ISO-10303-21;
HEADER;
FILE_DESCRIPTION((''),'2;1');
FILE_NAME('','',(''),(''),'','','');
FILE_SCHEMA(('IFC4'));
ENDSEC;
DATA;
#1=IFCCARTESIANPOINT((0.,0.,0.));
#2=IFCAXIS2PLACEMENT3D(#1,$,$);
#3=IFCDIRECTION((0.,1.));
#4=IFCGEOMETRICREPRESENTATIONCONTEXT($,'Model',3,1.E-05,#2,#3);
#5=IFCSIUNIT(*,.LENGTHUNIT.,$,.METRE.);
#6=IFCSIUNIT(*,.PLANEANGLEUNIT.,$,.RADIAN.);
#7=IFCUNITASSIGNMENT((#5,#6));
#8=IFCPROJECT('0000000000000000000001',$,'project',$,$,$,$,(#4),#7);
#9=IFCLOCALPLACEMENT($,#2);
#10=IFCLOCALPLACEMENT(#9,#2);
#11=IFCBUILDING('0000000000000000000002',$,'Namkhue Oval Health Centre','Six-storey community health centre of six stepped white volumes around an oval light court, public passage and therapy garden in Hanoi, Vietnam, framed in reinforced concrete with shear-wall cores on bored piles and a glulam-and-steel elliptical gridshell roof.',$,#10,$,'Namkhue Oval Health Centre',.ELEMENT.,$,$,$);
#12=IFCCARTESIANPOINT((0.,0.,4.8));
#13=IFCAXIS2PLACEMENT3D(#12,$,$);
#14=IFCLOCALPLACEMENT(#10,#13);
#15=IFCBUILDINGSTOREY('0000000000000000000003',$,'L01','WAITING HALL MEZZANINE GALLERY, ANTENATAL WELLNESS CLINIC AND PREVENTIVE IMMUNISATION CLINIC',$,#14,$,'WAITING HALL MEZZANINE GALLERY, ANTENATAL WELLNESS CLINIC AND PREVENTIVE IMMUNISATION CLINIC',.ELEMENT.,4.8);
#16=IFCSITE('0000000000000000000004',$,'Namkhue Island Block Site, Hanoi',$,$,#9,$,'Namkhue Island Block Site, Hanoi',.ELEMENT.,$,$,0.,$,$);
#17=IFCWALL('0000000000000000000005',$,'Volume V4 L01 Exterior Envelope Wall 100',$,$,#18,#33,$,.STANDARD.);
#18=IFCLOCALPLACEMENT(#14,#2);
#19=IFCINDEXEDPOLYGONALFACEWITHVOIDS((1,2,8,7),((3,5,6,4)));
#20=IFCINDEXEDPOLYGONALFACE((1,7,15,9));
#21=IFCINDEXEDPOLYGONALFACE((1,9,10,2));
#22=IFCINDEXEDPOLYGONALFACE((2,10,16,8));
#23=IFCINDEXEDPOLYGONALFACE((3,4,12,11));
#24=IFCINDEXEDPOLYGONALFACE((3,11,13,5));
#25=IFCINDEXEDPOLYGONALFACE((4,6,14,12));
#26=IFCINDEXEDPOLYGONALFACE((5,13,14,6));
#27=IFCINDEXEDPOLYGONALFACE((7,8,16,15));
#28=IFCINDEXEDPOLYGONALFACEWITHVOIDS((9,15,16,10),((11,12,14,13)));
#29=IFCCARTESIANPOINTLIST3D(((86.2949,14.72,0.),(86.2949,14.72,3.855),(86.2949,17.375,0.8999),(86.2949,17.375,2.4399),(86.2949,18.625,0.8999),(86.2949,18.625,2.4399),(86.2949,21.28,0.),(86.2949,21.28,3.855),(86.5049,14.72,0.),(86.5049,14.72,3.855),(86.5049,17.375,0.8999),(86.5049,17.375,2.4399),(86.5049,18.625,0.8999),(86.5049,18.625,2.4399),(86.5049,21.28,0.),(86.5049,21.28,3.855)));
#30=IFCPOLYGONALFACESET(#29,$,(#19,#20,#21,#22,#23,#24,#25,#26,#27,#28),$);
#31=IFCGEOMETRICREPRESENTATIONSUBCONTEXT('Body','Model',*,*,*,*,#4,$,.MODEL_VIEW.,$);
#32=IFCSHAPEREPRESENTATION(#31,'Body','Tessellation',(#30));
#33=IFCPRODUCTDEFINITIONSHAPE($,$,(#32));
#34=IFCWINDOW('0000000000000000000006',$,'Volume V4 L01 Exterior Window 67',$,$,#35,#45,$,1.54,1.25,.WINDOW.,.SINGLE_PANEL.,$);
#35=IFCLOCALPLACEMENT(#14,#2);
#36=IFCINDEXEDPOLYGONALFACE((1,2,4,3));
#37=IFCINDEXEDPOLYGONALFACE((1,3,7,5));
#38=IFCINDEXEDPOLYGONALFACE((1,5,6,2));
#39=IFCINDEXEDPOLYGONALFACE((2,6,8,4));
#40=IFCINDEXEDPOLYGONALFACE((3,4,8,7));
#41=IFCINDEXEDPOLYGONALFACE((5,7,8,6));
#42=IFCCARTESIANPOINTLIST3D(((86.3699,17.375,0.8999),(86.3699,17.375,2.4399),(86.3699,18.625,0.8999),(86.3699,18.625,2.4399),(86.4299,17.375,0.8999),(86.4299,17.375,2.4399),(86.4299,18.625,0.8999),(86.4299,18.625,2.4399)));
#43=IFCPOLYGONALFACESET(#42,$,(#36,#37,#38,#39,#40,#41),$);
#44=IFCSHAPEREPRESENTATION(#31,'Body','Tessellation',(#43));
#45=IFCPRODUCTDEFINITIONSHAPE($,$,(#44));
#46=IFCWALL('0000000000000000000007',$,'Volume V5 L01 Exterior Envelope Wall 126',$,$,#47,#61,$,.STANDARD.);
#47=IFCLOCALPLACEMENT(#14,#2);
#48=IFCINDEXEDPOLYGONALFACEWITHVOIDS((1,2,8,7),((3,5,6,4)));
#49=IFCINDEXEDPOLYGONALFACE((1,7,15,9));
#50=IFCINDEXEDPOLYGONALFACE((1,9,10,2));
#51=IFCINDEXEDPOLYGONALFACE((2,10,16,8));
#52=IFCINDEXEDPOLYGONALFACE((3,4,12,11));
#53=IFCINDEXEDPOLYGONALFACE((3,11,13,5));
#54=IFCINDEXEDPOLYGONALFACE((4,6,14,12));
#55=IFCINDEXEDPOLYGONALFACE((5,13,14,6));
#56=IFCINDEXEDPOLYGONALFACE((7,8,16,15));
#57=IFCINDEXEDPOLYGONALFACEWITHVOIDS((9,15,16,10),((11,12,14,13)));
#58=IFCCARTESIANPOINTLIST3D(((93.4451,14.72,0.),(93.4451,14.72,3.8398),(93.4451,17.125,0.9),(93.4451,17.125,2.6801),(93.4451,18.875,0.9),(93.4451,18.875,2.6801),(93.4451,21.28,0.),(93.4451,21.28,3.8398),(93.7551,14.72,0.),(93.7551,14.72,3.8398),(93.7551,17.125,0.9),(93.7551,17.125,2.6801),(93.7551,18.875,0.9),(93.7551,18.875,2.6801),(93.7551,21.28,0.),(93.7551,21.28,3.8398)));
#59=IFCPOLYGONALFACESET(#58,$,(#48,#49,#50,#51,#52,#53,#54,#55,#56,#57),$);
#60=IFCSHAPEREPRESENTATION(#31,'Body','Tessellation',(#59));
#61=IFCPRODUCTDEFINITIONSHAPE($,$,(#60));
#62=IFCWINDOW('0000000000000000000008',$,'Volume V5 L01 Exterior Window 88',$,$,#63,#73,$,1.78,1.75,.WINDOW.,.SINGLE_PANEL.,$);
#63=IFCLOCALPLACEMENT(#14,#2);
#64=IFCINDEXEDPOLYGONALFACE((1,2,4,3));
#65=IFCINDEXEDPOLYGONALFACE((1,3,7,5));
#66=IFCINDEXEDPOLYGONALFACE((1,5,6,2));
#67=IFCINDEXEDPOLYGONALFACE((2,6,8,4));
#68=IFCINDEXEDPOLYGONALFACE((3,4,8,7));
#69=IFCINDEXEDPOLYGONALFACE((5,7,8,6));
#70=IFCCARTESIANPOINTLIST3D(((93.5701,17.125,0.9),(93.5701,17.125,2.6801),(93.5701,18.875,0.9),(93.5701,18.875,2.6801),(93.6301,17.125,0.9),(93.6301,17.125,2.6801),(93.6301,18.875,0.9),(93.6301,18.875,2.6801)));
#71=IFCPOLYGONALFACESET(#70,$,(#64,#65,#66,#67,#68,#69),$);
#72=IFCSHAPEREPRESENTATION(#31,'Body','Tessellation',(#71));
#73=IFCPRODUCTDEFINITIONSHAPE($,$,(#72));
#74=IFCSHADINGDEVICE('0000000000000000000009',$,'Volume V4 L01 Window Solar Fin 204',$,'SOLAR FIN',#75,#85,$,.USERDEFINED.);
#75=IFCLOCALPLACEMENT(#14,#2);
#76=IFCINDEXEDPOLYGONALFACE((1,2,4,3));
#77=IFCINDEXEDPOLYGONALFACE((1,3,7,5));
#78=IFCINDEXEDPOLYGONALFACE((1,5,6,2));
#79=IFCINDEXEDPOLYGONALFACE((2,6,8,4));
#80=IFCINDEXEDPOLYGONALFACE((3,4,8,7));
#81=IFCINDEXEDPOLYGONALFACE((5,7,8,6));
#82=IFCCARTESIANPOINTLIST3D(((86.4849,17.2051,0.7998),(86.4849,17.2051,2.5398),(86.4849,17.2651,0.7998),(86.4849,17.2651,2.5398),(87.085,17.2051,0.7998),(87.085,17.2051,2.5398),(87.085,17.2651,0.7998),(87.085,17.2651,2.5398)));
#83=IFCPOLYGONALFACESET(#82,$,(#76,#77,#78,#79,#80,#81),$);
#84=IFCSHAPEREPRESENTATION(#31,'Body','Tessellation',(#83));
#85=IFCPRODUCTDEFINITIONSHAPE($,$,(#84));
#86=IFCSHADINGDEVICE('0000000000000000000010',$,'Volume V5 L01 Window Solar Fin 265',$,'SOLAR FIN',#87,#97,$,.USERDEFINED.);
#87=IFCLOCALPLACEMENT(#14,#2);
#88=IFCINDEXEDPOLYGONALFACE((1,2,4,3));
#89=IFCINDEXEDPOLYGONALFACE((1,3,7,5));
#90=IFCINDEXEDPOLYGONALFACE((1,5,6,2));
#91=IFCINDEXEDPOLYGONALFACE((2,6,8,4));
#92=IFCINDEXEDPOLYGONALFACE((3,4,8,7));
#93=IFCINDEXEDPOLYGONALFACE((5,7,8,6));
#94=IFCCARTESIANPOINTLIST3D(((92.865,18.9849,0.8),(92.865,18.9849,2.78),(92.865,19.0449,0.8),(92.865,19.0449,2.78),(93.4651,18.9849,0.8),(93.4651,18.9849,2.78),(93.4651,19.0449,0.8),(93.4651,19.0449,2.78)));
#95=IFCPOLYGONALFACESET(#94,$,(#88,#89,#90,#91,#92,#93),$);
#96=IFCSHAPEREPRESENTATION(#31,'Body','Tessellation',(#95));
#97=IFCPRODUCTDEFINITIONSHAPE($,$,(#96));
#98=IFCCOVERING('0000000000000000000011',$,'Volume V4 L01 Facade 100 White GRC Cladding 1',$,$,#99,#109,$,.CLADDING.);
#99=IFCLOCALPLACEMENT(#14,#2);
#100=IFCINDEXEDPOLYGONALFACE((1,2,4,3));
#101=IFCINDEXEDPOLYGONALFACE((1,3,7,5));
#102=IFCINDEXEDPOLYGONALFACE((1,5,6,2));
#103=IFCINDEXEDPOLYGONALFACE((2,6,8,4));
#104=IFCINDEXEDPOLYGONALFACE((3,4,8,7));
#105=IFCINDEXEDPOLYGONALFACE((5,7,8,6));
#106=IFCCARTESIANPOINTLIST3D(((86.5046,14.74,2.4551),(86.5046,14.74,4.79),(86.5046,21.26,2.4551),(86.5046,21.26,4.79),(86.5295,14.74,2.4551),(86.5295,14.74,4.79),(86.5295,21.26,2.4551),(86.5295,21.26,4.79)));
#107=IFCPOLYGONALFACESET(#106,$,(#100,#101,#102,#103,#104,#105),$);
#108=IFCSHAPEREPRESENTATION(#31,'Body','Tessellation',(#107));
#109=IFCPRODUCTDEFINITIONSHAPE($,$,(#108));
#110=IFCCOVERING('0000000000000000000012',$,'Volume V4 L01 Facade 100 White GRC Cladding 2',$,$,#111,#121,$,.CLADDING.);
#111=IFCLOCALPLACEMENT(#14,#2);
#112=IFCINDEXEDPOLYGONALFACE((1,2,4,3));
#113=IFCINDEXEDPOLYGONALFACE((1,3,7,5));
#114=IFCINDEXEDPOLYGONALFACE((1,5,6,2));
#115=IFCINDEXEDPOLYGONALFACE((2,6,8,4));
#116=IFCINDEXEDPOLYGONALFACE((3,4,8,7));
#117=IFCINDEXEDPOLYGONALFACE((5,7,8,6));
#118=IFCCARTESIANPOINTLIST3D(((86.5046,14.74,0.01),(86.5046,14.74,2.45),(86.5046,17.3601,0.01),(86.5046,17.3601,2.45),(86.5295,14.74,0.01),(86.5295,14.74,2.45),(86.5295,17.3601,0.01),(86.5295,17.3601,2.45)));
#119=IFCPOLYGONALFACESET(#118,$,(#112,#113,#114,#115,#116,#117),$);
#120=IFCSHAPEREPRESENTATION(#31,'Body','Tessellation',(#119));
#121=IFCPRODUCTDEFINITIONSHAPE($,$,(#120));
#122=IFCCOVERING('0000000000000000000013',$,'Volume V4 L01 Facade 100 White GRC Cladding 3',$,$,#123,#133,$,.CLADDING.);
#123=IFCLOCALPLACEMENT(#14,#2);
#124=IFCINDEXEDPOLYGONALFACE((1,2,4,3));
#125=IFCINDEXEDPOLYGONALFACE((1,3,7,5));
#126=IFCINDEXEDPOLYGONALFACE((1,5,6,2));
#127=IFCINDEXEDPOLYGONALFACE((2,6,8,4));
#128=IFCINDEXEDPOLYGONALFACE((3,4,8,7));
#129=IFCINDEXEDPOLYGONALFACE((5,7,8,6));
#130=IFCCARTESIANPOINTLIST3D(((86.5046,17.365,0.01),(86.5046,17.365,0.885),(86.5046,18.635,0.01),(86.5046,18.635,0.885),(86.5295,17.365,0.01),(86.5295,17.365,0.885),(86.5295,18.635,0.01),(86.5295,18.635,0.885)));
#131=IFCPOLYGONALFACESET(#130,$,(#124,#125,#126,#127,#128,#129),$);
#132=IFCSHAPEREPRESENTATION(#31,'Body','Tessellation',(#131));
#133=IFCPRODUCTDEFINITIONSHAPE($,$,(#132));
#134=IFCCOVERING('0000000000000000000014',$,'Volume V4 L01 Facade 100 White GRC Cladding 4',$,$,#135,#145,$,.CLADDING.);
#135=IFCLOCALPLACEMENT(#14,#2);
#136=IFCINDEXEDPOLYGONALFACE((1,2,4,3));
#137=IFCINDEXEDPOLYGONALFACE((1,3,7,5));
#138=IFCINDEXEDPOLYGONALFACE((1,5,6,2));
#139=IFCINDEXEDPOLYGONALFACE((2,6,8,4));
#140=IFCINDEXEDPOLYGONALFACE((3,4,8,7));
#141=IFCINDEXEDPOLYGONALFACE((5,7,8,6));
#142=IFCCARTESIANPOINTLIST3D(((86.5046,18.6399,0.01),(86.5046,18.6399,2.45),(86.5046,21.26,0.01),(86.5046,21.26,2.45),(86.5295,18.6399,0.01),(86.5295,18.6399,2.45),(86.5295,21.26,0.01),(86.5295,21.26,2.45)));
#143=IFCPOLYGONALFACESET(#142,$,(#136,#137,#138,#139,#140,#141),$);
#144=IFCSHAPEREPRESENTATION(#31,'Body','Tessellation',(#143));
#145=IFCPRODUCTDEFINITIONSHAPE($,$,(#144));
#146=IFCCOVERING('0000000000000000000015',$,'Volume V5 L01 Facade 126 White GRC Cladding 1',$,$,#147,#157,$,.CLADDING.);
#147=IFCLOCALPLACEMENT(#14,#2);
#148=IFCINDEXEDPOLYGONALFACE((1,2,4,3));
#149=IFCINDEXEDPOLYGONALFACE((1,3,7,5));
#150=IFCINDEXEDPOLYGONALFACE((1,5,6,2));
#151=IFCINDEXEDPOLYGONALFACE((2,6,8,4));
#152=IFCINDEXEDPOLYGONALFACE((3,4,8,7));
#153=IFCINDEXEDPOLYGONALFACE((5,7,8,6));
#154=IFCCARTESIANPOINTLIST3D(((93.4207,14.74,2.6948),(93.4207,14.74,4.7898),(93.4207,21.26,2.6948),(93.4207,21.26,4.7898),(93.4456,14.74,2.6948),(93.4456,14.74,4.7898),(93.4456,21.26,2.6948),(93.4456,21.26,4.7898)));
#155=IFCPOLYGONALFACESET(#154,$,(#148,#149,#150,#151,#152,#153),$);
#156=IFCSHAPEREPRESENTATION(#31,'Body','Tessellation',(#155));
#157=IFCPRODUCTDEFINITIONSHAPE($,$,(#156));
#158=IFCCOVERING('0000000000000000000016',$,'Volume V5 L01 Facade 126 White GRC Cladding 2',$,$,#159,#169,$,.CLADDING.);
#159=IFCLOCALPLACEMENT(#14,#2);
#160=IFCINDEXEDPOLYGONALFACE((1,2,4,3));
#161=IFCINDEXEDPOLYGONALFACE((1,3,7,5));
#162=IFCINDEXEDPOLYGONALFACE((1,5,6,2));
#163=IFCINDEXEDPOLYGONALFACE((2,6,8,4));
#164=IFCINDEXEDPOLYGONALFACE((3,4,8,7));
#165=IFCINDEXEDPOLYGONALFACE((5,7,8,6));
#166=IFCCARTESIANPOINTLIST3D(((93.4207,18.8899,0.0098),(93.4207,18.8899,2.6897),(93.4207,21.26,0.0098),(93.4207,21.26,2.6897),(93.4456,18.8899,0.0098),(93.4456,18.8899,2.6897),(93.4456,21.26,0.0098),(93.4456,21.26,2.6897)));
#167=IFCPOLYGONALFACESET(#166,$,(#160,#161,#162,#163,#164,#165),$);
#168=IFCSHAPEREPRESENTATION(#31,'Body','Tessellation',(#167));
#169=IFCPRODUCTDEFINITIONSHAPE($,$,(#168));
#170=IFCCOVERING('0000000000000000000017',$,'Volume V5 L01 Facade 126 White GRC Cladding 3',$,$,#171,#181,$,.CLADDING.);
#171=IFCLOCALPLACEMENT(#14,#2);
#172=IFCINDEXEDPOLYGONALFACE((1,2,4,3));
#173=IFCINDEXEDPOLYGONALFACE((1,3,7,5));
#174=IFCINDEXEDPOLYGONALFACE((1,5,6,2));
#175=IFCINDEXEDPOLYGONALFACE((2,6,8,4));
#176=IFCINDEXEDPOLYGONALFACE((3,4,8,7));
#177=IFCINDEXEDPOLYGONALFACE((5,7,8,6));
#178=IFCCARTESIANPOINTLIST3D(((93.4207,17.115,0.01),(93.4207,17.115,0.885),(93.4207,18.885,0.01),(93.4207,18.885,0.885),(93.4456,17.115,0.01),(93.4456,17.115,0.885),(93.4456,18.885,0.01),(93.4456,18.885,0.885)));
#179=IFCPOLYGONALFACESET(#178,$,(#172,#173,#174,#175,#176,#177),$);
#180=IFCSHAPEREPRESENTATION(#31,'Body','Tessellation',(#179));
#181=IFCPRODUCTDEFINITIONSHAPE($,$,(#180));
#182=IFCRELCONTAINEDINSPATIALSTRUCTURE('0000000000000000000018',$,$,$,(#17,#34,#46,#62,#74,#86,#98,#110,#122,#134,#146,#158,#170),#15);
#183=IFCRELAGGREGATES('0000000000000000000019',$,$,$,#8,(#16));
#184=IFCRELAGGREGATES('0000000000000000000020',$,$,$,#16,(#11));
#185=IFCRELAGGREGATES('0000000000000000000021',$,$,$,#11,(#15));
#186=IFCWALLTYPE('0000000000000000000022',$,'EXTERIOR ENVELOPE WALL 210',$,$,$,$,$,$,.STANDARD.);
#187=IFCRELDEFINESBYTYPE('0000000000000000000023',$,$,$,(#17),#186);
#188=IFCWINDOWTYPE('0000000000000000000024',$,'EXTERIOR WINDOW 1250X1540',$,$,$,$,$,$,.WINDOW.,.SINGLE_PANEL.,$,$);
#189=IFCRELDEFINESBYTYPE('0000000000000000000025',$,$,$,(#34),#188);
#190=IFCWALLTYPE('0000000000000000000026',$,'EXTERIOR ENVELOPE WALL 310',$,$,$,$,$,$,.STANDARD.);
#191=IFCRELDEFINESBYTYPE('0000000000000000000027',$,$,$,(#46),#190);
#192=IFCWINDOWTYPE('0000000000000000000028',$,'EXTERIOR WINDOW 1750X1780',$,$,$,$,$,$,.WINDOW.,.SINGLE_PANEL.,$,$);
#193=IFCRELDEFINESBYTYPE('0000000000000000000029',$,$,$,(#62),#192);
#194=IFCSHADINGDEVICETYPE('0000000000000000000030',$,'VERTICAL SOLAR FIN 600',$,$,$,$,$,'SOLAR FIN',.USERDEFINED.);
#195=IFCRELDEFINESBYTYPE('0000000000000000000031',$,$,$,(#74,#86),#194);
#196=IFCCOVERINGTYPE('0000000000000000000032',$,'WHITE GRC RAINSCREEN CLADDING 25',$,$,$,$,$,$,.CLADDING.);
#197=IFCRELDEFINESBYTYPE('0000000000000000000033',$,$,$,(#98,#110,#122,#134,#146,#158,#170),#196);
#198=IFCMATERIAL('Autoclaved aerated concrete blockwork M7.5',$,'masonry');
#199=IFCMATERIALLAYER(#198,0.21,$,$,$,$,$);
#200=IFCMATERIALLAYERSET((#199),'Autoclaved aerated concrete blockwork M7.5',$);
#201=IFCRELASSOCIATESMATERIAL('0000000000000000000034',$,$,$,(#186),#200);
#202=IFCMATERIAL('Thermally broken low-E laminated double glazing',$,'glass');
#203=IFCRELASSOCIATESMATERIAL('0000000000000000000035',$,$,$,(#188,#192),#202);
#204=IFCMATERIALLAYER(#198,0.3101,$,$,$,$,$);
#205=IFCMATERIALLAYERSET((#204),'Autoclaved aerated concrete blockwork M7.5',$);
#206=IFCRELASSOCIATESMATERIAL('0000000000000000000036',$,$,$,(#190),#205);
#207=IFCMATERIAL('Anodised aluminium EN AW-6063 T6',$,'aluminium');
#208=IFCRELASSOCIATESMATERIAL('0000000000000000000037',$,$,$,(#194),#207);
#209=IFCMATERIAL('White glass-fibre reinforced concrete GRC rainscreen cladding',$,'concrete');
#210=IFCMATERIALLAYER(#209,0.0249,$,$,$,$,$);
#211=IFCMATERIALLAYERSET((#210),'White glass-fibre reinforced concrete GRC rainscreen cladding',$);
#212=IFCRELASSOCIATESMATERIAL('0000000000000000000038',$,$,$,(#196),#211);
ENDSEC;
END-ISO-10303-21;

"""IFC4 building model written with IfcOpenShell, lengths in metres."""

from ifc_helpers import new_model, si_unit, direction, frame, frame_2d, origin, origin_2d, place, context, subcontext, project, spatial, rectangle, extrude, material, layer, layer_set, type_object, element, fill, save


model = new_model("IFC4")

# Units and contexts
model_context = context("Model", 3, precision=1e-05, world=origin(), true_north=direction((0.0, 1.0)))
body_context = subcontext(model_context, "Body", "Model", "MODEL_VIEW")
ifc_project = project(units=[si_unit("LENGTHUNIT", "METRE"), si_unit("PLANEANGLEUNIT", "RADIAN")], contexts=[model_context])

# Site, building, storey
site_placement = place(None, origin())
site = spatial("IfcSite", under=ifc_project, at=site_placement, Name="Namkhue Island Block Site, Hanoi", LongName="Namkhue Island Block Site, Hanoi", CompositionType="ELEMENT", RefElevation=0.0)
building_placement = place(site_placement, origin())
building = spatial("IfcBuilding", under=site, at=building_placement, Name="Namkhue Oval Health Centre", Description="Six-storey community health centre of six stepped white volumes around an oval light court, public passage and therapy garden in Hanoi, Vietnam, framed in reinforced concrete with shear-wall cores on bored piles and a glulam-and-steel elliptical gridshell roof.", LongName="Namkhue Oval Health Centre", CompositionType="ELEMENT")
storey_placement = place(building_placement, frame((0.0, 0.0, 4.8)))
storey = spatial("IfcBuildingStorey", under=building, at=storey_placement, Name="L01", Description="WAITING HALL MEZZANINE GALLERY, ANTENATAL WELLNESS CLINIC AND PREVENTIVE IMMUNISATION CLINIC", LongName="WAITING HALL MEZZANINE GALLERY, ANTENATAL WELLNESS CLINIC AND PREVENTIVE IMMUNISATION CLINIC", CompositionType="ELEMENT", Elevation=4.8)

# Shared definitions
ifc_material_1 = material(Name="Anodised aluminium EN AW-6063 T6", Category="aluminium")

# Walls, openings, windows
ifc_material_2 = material(Name="Autoclaved aerated concrete blockwork M7.5", Category="masonry")
ifc_layer_1 = layer(ifc_material_2, 0.21)
ifc_layer_set_1 = layer_set([ifc_layer_1], Name="Autoclaved aerated concrete blockwork M7.5")
wall_type_1 = type_object("IfcWallType", Name="EXTERIOR ENVELOPE WALL 210", PredefinedType="STANDARD", material=ifc_layer_set_1)
wall_1_placement = place(storey_placement, frame((86.3999, 14.72, 0.0), z_axis=(0.0, 0.0, 1.0), x_axis=(0.0, 1.0, 0.0)))
wall_1 = element("IfcWall", 1, at=wall_1_placement, inside=storey, type_object=wall_type_1, Name="Volume V4 L01 Exterior Envelope Wall 100", PredefinedType="STANDARD", context=body_context, shape_type="SweptSolid", body=[
    extrude(rectangle(XDim=6.5601, YDim=0.21, at=frame_2d((3.28, 0.0))), origin(), (0.0, 0.0, 1.0), 3.855),
])
opening_1_placement = place(wall_1_placement, frame((2.655, 0.0, 0.8999)))
opening_1 = element("IfcOpeningElement", 2, at=opening_1_placement, cuts=wall_1, PredefinedType="OPENING", context=body_context, shape_type="SweptSolid", body=[
    extrude(rectangle(XDim=1.25, YDim=1.54, at=frame_2d((0.625, 0.77))), frame((0.0, 0.115, 0.0), z_axis=(0.0, -1.0, 0.0), x_axis=(1.0, 0.0, 0.0)), (0.0, 0.0, 1.0), 0.23),
])
ifc_material_3 = material(Name="Thermally broken low-E laminated double glazing", Category="glass")
window_type_1 = type_object("IfcWindowType", Name="EXTERIOR WINDOW 1250X1540", PartitioningType="SINGLE_PANEL", PredefinedType="WINDOW", material=ifc_material_3)
window_1_placement = place(opening_1_placement, origin())
window_1 = element("IfcWindow", 3, at=window_1_placement, inside=storey, type_object=window_type_1, Name="Volume V4 L01 Exterior Window 67", OverallHeight=1.54, OverallWidth=1.25, PartitioningType="SINGLE_PANEL", PredefinedType="WINDOW", context=body_context, shape_type="SweptSolid", body=[
    extrude(rectangle(XDim=1.25, YDim=1.54, at=frame_2d((0.625, 0.77))), frame((0.0, 0.03, 0.0), z_axis=(0.0, -1.0, 0.0), x_axis=(1.0, 0.0, 0.0)), (0.0, 0.0, 1.0), 0.0601),
])
fill(opening_1, window_1)
ifc_layer_2 = layer(ifc_material_2, 0.3101)
ifc_layer_set_2 = layer_set([ifc_layer_2], Name="Autoclaved aerated concrete blockwork M7.5")
wall_type_2 = type_object("IfcWallType", Name="EXTERIOR ENVELOPE WALL 310", PredefinedType="STANDARD", material=ifc_layer_set_2)
wall_2_placement = place(storey_placement, frame((93.6001, 21.28, 0.0), z_axis=(0.0, 0.0, 1.0), x_axis=(0.0, -1.0, 0.0)))
wall_2 = element("IfcWall", 4, at=wall_2_placement, inside=storey, type_object=wall_type_2, Name="Volume V5 L01 Exterior Envelope Wall 126", PredefinedType="STANDARD", context=body_context, shape_type="SweptSolid", body=[
    extrude(rectangle(XDim=6.5601, YDim=0.3101, at=frame_2d((3.28, 0.0))), origin(), (0.0, 0.0, 1.0), 3.8398),
])
opening_2_placement = place(wall_2_placement, frame((2.405, 0.0, 0.8999)))
opening_2 = element("IfcOpeningElement", 5, at=opening_2_placement, cuts=wall_2, PredefinedType="OPENING", context=body_context, shape_type="SweptSolid", body=[
    extrude(rectangle(XDim=1.75, YDim=1.78, at=frame_2d((0.875, 0.8901))), frame((0.0, 0.165, 0.0), z_axis=(0.0, -1.0, 0.0), x_axis=(1.0, 0.0, 0.0)), (0.0, 0.0, 1.0), 0.3301),
])
window_type_2 = type_object("IfcWindowType", Name="EXTERIOR WINDOW 1750X1780", PartitioningType="SINGLE_PANEL", PredefinedType="WINDOW", material=ifc_material_3)
window_2_placement = place(opening_2_placement, origin())
window_2 = element("IfcWindow", 6, at=window_2_placement, inside=storey, type_object=window_type_2, Name="Volume V5 L01 Exterior Window 88", OverallHeight=1.78, OverallWidth=1.75, PartitioningType="SINGLE_PANEL", PredefinedType="WINDOW", context=body_context, shape_type="SweptSolid", body=[
    extrude(rectangle(XDim=1.75, YDim=1.78, at=frame_2d((0.875, 0.8901))), frame((0.0, 0.03, 0.0), z_axis=(0.0, -1.0, 0.0), x_axis=(1.0, 0.0, 0.0)), (0.0, 0.0, 1.0), 0.0601),
])
fill(opening_2, window_2)

# Shading devices
shading_device_type = type_object("IfcShadingDeviceType", Name="VERTICAL SOLAR FIN 600", ElementType="SOLAR FIN", PredefinedType="USERDEFINED", material=ifc_material_1)
shading_device_1_placement = place(storey_placement, frame((86.7849, 17.2351, 0.7998), z_axis=(0.0, 0.0, 1.0), x_axis=(1.0, 0.0, 0.0)))
element("IfcShadingDevice", 7, at=shading_device_1_placement, inside=storey, type_object=shading_device_type, Name="Volume V4 L01 Window Solar Fin 204", ObjectType="SOLAR FIN", PredefinedType="USERDEFINED", context=body_context, shape_type="SweptSolid", body=[
    extrude(rectangle(XDim=0.6001, YDim=0.0601, at=origin_2d()), origin(), (0.0, 0.0, 1.0), 1.74),
])
shading_device_2_placement = place(storey_placement, frame((93.165, 19.0149, 0.8), z_axis=(0.0, 0.0, 1.0), x_axis=(-1.0, 0.0, 0.0)))
element("IfcShadingDevice", 8, at=shading_device_2_placement, inside=storey, type_object=shading_device_type, Name="Volume V5 L01 Window Solar Fin 265", ObjectType="SOLAR FIN", PredefinedType="USERDEFINED", context=body_context, shape_type="SweptSolid", body=[
    extrude(rectangle(XDim=0.6001, YDim=0.0601, at=origin_2d()), origin(), (0.0, 0.0, 1.0), 1.98),
])

# Coverings
ifc_material_4 = material(Name="White glass-fibre reinforced concrete GRC rainscreen cladding", Category="concrete")
ifc_layer_3 = layer(ifc_material_4, 0.0249)
ifc_layer_set_3 = layer_set([ifc_layer_3], Name="White glass-fibre reinforced concrete GRC rainscreen cladding")
covering_type = type_object("IfcCoveringType", Name="WHITE GRC RAINSCREEN CLADDING 25", PredefinedType="CLADDING", material=ifc_layer_set_3)
covering_1_placement = place(storey_placement, frame((86.5171, 18.0, 2.4551), z_axis=(0.0, 0.0, 1.0), x_axis=(0.0, 1.0, 0.0)))
element("IfcCovering", 9, at=covering_1_placement, inside=storey, type_object=covering_type, Name="Volume V4 L01 Facade 100 White GRC Cladding 1", PredefinedType="CLADDING", context=body_context, shape_type="SweptSolid", body=[
    extrude(rectangle(XDim=6.52, YDim=0.0249, at=origin_2d()), origin(), (0.0, 0.0, 1.0), 2.335),
])
covering_2_placement = place(storey_placement, frame((86.5171, 16.05, 0.01), z_axis=(0.0, 0.0, 1.0), x_axis=(0.0, 1.0, 0.0)))
element("IfcCovering", 10, at=covering_2_placement, inside=storey, type_object=covering_type, Name="Volume V4 L01 Facade 100 White GRC Cladding 2", PredefinedType="CLADDING", context=body_context, shape_type="SweptSolid", body=[
    extrude(rectangle(XDim=2.6201, YDim=0.0249, at=origin_2d()), origin(), (0.0, 0.0, 1.0), 2.4399),
])
covering_3_placement = place(storey_placement, frame((86.5171, 18.0, 0.01), z_axis=(0.0, 0.0, 1.0), x_axis=(0.0, 1.0, 0.0)))
element("IfcCovering", 11, at=covering_3_placement, inside=storey, type_object=covering_type, Name="Volume V4 L01 Facade 100 White GRC Cladding 3", PredefinedType="CLADDING", context=body_context, shape_type="SweptSolid", body=[
    extrude(rectangle(XDim=1.27, YDim=0.0249, at=origin_2d()), origin(), (0.0, 0.0, 1.0), 0.875),
])
covering_4_placement = place(storey_placement, frame((86.5171, 19.95, 0.01), z_axis=(0.0, 0.0, 1.0), x_axis=(0.0, 1.0, 0.0)))
element("IfcCovering", 12, at=covering_4_placement, inside=storey, type_object=covering_type, Name="Volume V4 L01 Facade 100 White GRC Cladding 4", PredefinedType="CLADDING", context=body_context, shape_type="SweptSolid", body=[
    extrude(rectangle(XDim=2.6201, YDim=0.0249, at=origin_2d()), origin(), (0.0, 0.0, 1.0), 2.4399),
])
covering_5_placement = place(storey_placement, frame((93.4331, 18.0, 2.6948), z_axis=(0.0, 0.0, 1.0), x_axis=(0.0, -1.0, 0.0)))
element("IfcCovering", 13, at=covering_5_placement, inside=storey, type_object=covering_type, Name="Volume V5 L01 Facade 126 White GRC Cladding 1", PredefinedType="CLADDING", context=body_context, shape_type="SweptSolid", body=[
    extrude(rectangle(XDim=6.52, YDim=0.0249, at=origin_2d()), origin(), (0.0, 0.0, 1.0), 2.095),
])
covering_6_placement = place(storey_placement, frame((93.4331, 20.075, 0.0098), z_axis=(0.0, 0.0, 1.0), x_axis=(0.0, -1.0, 0.0)))
element("IfcCovering", 14, at=covering_6_placement, inside=storey, type_object=covering_type, Name="Volume V5 L01 Facade 126 White GRC Cladding 2", PredefinedType="CLADDING", context=body_context, shape_type="SweptSolid", body=[
    extrude(rectangle(XDim=2.3701, YDim=0.0249, at=origin_2d()), origin(), (0.0, 0.0, 1.0), 2.6799),
])
covering_7_placement = place(storey_placement, frame((93.4331, 18.0, 0.01), z_axis=(0.0, 0.0, 1.0), x_axis=(0.0, -1.0, 0.0)))
element("IfcCovering", 15, at=covering_7_placement, inside=storey, type_object=covering_type, Name="Volume V5 L01 Facade 126 White GRC Cladding 3", PredefinedType="CLADDING", context=body_context, shape_type="SweptSolid", body=[
    extrude(rectangle(XDim=1.77, YDim=0.0249, at=origin_2d()), origin(), (0.0, 0.0, 1.0), 0.875),
])

save(model, "model.ifc")
